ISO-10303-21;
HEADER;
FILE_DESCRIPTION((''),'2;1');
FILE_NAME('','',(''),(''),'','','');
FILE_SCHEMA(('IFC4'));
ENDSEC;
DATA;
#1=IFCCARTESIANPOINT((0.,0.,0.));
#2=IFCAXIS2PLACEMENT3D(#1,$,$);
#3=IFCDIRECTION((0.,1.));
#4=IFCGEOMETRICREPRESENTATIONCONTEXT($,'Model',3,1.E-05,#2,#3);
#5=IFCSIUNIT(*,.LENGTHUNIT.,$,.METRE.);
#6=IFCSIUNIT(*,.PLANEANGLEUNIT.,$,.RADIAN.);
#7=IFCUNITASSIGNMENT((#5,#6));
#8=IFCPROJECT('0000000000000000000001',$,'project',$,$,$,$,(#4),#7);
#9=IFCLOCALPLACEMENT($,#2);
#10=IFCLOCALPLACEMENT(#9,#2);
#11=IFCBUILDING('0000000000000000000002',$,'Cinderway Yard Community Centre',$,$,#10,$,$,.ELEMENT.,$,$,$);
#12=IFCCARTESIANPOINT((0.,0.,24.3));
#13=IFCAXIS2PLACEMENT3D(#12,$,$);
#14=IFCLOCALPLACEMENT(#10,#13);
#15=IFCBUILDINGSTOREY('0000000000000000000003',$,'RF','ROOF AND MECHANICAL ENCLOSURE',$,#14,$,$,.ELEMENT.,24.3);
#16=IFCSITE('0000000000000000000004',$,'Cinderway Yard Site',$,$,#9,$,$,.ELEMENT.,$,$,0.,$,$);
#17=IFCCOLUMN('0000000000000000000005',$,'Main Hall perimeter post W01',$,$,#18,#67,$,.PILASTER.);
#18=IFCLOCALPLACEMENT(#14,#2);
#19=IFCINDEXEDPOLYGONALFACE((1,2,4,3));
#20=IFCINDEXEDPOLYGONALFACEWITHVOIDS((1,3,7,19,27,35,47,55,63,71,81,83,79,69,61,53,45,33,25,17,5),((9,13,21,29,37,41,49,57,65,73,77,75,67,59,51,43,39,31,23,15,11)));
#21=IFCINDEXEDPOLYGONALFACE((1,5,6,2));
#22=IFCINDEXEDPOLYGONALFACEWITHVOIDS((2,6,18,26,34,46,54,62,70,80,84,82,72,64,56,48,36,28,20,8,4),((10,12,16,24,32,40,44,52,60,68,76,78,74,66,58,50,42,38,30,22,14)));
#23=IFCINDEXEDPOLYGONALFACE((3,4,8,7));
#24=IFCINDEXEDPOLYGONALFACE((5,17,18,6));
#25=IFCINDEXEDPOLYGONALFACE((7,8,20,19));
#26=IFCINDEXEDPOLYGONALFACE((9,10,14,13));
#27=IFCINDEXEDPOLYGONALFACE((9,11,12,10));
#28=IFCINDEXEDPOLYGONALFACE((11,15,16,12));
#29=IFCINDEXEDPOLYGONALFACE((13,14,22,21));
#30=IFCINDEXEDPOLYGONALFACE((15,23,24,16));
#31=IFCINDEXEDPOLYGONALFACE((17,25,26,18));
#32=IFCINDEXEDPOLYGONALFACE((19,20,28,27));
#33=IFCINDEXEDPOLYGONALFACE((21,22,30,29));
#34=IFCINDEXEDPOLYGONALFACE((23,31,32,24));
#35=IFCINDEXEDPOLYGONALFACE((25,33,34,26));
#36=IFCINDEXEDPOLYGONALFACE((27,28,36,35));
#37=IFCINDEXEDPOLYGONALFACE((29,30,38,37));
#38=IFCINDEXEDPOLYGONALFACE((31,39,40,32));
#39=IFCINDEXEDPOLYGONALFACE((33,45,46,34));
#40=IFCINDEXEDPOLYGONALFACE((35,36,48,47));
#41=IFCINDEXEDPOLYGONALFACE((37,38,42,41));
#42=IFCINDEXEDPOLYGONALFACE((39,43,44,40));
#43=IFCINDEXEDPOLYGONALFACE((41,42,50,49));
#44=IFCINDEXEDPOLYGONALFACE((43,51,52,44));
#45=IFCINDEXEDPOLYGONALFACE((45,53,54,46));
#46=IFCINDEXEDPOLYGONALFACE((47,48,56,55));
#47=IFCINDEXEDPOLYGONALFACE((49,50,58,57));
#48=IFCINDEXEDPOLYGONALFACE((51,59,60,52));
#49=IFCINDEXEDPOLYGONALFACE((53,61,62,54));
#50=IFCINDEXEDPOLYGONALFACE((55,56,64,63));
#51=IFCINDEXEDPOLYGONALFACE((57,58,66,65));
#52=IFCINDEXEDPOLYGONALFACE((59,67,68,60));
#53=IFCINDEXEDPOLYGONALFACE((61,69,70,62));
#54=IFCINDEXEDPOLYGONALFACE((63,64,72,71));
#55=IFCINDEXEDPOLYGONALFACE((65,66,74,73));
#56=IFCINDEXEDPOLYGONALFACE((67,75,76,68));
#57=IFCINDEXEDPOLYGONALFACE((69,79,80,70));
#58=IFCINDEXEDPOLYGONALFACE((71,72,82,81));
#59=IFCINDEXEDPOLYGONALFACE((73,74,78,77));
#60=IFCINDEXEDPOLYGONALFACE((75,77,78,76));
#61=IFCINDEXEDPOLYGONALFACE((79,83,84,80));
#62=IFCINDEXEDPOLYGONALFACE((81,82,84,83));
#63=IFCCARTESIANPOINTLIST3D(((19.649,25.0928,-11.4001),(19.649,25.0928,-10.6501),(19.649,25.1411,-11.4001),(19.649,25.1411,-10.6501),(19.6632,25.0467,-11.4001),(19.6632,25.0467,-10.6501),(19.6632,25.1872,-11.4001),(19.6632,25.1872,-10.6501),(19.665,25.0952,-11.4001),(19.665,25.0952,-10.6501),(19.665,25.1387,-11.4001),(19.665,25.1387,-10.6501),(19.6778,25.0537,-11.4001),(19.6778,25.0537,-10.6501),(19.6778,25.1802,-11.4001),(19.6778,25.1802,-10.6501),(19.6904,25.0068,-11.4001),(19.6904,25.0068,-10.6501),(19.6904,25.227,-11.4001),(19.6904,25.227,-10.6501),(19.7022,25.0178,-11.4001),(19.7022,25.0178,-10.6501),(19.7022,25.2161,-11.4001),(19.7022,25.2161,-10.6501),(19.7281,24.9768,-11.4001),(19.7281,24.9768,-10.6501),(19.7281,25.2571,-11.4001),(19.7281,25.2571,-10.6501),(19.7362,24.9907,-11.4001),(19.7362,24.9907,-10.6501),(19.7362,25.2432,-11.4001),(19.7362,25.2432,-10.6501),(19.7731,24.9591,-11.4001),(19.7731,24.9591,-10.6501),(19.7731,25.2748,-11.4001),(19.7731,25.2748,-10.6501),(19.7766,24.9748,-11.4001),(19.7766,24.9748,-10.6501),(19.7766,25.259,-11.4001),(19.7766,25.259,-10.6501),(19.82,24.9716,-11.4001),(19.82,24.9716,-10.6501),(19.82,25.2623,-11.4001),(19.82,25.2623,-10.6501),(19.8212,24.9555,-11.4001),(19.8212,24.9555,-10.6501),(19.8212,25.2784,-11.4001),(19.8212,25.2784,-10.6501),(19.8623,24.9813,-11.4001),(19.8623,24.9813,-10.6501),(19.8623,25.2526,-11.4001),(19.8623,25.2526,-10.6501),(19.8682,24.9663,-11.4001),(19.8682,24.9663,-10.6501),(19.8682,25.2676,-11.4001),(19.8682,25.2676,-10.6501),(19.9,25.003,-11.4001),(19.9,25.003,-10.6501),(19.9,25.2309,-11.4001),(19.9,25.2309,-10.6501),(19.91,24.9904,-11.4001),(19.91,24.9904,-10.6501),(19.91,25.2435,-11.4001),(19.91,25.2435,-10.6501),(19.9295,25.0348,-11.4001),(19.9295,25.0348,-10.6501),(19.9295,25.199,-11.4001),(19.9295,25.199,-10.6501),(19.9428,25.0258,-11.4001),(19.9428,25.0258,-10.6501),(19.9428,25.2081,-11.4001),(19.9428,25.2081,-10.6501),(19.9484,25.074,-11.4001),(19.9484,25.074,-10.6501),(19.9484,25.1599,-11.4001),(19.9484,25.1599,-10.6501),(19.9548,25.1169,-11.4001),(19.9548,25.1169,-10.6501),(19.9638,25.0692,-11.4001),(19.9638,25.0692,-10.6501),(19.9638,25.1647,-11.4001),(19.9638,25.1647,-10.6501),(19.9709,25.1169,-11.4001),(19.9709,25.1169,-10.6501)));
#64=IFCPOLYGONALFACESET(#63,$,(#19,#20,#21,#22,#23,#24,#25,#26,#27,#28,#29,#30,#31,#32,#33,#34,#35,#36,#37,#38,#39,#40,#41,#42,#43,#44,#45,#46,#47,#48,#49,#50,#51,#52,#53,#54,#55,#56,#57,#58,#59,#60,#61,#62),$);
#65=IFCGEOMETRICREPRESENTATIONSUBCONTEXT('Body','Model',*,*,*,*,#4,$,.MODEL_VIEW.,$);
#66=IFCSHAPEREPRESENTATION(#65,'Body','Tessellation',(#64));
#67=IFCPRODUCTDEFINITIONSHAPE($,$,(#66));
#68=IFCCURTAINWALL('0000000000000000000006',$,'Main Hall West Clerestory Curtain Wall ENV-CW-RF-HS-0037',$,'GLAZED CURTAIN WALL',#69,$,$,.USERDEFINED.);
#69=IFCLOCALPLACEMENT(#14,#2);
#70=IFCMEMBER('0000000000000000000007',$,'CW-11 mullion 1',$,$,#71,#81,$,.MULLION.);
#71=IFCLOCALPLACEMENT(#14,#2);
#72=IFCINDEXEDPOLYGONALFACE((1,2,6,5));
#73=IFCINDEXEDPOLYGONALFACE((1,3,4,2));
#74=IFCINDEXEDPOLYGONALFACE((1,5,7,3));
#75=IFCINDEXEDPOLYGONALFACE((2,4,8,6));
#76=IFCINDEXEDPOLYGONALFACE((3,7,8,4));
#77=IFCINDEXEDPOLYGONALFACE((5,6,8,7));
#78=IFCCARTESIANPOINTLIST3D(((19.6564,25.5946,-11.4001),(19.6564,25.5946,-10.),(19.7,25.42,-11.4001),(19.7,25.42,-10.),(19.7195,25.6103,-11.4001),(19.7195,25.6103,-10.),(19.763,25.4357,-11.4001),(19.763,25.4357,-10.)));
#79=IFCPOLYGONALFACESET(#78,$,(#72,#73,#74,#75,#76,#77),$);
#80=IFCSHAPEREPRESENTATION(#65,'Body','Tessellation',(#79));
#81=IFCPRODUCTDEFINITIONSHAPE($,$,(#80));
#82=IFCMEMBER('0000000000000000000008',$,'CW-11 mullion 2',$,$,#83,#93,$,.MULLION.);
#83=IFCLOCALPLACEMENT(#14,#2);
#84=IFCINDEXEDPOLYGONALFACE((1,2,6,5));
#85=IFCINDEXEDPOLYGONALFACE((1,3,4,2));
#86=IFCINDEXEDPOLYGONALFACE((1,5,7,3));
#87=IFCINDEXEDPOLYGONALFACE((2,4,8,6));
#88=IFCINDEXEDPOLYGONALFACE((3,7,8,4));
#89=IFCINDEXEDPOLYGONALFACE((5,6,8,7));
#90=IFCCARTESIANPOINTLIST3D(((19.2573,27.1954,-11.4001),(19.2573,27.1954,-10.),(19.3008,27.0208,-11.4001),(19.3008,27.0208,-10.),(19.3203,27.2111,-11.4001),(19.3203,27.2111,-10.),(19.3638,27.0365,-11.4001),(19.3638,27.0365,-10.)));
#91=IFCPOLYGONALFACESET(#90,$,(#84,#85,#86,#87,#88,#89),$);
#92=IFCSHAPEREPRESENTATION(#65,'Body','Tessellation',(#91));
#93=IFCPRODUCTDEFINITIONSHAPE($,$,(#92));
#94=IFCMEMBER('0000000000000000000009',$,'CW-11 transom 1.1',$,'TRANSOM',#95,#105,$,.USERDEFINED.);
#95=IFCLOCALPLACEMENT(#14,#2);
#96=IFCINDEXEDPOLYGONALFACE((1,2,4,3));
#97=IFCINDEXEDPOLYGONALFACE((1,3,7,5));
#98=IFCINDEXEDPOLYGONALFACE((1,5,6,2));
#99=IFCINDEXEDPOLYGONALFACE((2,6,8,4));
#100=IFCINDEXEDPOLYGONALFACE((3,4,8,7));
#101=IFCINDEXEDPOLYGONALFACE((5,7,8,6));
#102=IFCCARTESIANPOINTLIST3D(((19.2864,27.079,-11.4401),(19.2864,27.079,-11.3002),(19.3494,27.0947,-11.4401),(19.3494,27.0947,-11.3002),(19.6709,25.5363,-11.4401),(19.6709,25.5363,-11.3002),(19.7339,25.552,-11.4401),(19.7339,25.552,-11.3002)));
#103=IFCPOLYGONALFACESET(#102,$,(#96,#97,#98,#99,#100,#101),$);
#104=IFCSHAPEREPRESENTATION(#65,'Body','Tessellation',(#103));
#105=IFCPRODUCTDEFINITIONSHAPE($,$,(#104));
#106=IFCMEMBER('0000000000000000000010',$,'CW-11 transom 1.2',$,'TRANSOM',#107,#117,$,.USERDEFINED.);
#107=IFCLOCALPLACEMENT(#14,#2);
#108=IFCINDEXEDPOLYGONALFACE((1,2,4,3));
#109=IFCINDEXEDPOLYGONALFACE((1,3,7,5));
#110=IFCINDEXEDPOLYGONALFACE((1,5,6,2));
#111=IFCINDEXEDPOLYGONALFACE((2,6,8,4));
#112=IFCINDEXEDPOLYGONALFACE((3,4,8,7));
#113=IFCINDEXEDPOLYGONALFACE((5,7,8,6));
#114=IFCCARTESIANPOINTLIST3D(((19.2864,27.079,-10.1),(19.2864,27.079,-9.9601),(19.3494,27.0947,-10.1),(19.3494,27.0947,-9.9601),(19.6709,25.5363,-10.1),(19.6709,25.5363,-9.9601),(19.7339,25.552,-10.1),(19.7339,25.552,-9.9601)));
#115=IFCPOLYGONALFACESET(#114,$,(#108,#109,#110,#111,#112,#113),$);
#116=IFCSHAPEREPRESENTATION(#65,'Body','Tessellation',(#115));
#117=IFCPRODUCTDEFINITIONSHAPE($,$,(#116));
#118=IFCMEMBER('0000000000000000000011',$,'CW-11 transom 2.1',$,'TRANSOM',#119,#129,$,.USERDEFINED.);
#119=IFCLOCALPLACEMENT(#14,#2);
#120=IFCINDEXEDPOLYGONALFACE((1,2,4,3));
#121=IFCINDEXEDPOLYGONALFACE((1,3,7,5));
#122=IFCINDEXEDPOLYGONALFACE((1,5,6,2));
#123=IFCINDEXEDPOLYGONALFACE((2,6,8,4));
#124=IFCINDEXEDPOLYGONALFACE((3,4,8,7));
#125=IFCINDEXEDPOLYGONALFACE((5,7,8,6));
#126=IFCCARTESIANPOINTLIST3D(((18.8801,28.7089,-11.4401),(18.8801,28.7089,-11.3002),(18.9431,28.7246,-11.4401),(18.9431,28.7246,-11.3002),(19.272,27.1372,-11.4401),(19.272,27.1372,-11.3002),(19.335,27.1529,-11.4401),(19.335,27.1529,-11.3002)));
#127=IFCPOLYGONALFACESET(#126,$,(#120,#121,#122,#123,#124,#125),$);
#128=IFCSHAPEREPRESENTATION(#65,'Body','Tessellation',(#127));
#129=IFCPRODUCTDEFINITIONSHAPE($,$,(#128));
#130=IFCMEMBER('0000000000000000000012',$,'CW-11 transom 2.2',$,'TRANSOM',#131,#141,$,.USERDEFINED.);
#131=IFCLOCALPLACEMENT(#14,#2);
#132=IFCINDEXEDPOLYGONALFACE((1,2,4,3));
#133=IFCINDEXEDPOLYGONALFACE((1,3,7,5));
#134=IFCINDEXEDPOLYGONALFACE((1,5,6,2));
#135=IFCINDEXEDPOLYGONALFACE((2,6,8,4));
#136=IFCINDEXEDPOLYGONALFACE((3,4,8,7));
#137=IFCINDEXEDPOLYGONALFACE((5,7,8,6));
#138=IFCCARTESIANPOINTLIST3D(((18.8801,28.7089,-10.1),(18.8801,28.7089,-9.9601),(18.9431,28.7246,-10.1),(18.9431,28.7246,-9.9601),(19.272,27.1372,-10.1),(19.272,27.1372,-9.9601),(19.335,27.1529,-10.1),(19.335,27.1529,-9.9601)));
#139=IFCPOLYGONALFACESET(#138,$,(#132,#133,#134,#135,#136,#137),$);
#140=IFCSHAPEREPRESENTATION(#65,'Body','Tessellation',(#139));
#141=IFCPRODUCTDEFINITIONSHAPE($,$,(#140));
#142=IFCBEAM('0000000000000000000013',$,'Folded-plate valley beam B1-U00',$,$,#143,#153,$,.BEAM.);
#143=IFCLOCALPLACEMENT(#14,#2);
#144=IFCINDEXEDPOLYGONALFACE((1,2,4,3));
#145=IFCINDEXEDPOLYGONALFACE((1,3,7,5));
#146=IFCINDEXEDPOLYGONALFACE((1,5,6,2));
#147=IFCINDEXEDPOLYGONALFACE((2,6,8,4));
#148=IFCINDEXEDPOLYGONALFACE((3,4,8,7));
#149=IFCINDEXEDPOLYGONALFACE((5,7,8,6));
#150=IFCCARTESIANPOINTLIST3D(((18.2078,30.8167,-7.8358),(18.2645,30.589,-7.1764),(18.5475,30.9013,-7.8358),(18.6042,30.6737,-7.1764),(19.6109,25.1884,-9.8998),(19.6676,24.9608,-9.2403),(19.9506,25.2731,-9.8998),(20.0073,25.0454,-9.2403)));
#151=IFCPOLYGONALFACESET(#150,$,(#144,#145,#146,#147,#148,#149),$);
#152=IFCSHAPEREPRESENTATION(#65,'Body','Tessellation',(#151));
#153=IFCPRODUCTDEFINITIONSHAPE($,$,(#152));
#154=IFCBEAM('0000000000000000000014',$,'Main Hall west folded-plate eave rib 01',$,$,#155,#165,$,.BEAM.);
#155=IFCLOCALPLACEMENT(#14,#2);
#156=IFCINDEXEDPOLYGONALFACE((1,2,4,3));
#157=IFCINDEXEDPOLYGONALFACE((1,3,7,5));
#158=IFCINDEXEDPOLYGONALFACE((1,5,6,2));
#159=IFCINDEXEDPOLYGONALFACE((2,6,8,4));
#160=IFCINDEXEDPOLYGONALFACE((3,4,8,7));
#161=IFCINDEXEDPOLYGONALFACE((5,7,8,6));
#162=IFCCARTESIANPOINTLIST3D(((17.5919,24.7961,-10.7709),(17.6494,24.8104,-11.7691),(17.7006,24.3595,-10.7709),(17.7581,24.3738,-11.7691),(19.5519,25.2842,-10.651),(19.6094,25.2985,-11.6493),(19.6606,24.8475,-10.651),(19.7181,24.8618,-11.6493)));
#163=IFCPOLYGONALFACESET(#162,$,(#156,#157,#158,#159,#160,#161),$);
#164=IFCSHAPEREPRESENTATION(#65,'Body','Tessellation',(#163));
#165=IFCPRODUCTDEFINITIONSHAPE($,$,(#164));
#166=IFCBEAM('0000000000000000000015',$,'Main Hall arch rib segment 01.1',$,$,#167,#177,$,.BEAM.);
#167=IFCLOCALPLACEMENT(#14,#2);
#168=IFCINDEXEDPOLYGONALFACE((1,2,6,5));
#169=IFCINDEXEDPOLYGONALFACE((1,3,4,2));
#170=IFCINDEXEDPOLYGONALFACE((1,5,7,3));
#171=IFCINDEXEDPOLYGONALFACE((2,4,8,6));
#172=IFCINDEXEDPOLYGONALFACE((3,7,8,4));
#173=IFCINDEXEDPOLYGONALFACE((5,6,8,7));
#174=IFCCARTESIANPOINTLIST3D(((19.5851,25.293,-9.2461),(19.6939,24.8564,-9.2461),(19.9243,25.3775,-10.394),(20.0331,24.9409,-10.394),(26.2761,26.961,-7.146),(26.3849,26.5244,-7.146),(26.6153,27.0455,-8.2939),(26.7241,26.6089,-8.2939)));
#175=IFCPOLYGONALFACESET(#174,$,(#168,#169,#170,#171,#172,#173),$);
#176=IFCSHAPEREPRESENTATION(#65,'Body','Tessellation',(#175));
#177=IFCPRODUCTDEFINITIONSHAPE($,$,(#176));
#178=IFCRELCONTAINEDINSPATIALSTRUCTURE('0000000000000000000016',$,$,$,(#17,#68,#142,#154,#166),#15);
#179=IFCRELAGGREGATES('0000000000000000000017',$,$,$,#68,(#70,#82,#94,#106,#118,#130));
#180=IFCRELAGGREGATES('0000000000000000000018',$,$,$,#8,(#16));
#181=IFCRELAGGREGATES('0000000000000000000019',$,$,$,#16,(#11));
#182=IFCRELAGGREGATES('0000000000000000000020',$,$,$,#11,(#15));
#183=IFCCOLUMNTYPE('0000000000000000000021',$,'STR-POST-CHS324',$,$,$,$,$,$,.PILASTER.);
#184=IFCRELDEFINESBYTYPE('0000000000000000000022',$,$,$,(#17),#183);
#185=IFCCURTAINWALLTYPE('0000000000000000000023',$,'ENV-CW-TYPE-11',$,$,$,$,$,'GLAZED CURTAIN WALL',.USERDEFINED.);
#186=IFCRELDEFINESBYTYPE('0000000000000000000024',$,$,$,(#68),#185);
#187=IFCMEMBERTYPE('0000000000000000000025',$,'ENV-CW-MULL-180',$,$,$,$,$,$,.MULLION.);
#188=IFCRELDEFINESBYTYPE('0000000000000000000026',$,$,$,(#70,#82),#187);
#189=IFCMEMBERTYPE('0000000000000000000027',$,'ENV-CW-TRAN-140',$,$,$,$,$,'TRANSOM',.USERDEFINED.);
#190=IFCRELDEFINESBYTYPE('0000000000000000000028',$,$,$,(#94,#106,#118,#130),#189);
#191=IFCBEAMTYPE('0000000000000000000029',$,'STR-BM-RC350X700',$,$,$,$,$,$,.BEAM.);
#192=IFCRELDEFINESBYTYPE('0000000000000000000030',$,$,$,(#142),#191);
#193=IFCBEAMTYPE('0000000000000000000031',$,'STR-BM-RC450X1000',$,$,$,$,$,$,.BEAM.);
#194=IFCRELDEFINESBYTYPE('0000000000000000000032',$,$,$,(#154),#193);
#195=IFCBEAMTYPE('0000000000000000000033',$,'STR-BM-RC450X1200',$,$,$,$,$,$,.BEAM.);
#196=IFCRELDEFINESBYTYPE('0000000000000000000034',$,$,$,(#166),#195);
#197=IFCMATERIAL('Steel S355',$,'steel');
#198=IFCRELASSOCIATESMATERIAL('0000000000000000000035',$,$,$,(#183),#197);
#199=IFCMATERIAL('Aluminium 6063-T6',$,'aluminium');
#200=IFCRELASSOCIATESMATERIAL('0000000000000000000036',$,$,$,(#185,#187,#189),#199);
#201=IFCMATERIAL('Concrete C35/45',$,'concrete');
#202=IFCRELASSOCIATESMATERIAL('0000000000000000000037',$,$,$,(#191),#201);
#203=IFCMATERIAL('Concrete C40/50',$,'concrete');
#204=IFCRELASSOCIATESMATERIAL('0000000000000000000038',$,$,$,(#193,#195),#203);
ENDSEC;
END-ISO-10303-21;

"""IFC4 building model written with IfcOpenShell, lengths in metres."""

from ifc_helpers import new_model, si_unit, direction, frame, origin, origin_2d, place, context, subcontext, project, spatial, rectangle, hollow_circle, extrude, material, material_profile, profile_set, type_object, element, aggregate, save


model = new_model("IFC4")

# Units and contexts
model_context = context("Model", 3, precision=1e-05, world=origin(), true_north=direction((0.0, 1.0)))
body_context = subcontext(model_context, "Body", "Model", "MODEL_VIEW")
ifc_project = project(units=[si_unit("LENGTHUNIT", "METRE"), si_unit("PLANEANGLEUNIT", "RADIAN")], contexts=[model_context])

# Site, building, storey
site_placement = place(None, origin())
site = spatial("IfcSite", under=ifc_project, at=site_placement, Name="Cinderway Yard Site", CompositionType="ELEMENT", RefElevation=0.0)
building_placement = place(site_placement, origin())
building = spatial("IfcBuilding", under=site, at=building_placement, Name="Cinderway Yard Community Centre", CompositionType="ELEMENT")
storey_placement = place(building_placement, frame((0.0, 0.0, 24.3)))
storey = spatial("IfcBuildingStorey", under=building, at=storey_placement, Name="RF", Description="ROOF AND MECHANICAL ENCLOSURE", CompositionType="ELEMENT", Elevation=24.3)

# Column
ifc_material_1 = material(Name="Steel S355", Category="steel")
ifc_material_profile_1 = material_profile(ifc_material_1, hollow_circle(Radius=0.1619, WallThickness=0.0161, at=origin_2d()), Name="Steel S355")
ifc_profile_set_1 = profile_set([ifc_material_profile_1], Name="Steel S355")
column_type = type_object("IfcColumnType", Name="STR-POST-CHS324", PredefinedType="PILASTER", material=ifc_profile_set_1)
column_placement = place(storey_placement, frame((19.8091, 25.1169, -11.4001), z_axis=(0.0, 0.0, 1.0), x_axis=(1.0, 0.0, 0.0)))
element("IfcColumn", 1, at=column_placement, inside=storey, type_object=column_type, Name="Main Hall perimeter post W01", PredefinedType="PILASTER", context=body_context, shape_type="SweptSolid", body=[
    extrude(hollow_circle(Radius=0.1619, WallThickness=0.0161, at=origin_2d()), origin(), (0.0, 0.0, 1.0), 0.75),
])

# Curtain wall, members
ifc_material_2 = material(Name="Aluminium 6063-T6", Category="aluminium")
curtain_wall_type = type_object("IfcCurtainWallType", Name="ENV-CW-TYPE-11", ElementType="GLAZED CURTAIN WALL", PredefinedType="USERDEFINED", material=ifc_material_2)
curtain_wall_placement = place(storey_placement, origin())
curtain_wall = element("IfcCurtainWall", 2, at=curtain_wall_placement, inside=storey, type_object=curtain_wall_type, Name="Main Hall West Clerestory Curtain Wall ENV-CW-RF-HS-0037", ObjectType="GLAZED CURTAIN WALL", PredefinedType="USERDEFINED")
ifc_material_profile_2 = material_profile(ifc_material_2, rectangle(XDim=0.0649, YDim=0.1799, at=origin_2d()), Name="Aluminium 6063-T6")
ifc_profile_set_2 = profile_set([ifc_material_profile_2], Name="Aluminium 6063-T6")
member_type_1 = type_object("IfcMemberType", Name="ENV-CW-MULL-180", PredefinedType="MULLION", material=ifc_profile_set_2)
member_1_placement = place(storey_placement, frame((19.7097, 25.5151, -11.4001), z_axis=(0.0, 0.0, 1.0), x_axis=(-0.970306, -0.241882, 0.0)))
member_1 = element("IfcMember", 3, at=member_1_placement, type_object=member_type_1, Name="CW-11 mullion 1", PredefinedType="MULLION", context=body_context, shape_type="SweptSolid", body=[
    extrude(rectangle(XDim=0.0649, YDim=0.1799, at=origin_2d()), origin(), (0.0, 0.0, 1.0), 1.4001),
])
member_2_placement = place(storey_placement, frame((19.3105, 27.116, -11.4001), z_axis=(0.0, 0.0, 1.0), x_axis=(-0.970306, -0.241882, 0.0)))
member_2 = element("IfcMember", 4, at=member_2_placement, type_object=member_type_1, Name="CW-11 mullion 2", PredefinedType="MULLION", context=body_context, shape_type="SweptSolid", body=[
    extrude(rectangle(XDim=0.0649, YDim=0.1799, at=origin_2d()), origin(), (0.0, 0.0, 1.0), 1.4001),
])
ifc_material_profile_3 = material_profile(ifc_material_2, rectangle(XDim=0.0649, YDim=0.1399, at=origin_2d()), Name="Aluminium 6063-T6")
ifc_profile_set_3 = profile_set([ifc_material_profile_3], Name="Aluminium 6063-T6")
member_type_2 = type_object("IfcMemberType", Name="ENV-CW-TRAN-140", ElementType="TRANSOM", PredefinedType="USERDEFINED", material=ifc_profile_set_3)
member_3_placement = place(storey_placement, frame((19.7024, 25.5442, -11.3701), z_axis=(-0.241849, 0.970314, 0.0), x_axis=(-0.970314, -0.241849, 0.0)))
member_3 = element("IfcMember", 5, at=member_3_placement, type_object=member_type_2, Name="CW-11 transom 1.1", ObjectType="TRANSOM", PredefinedType="USERDEFINED", context=body_context, shape_type="SweptSolid", body=[
    extrude(rectangle(XDim=0.0649, YDim=0.1399, at=origin_2d()), origin(), (0.0, 0.0, 1.0), 1.5898),
])
member_4_placement = place(storey_placement, frame((19.7024, 25.5442, -10.03), z_axis=(-0.241849, 0.970314, 0.0), x_axis=(-0.970314, -0.241849, 0.0)))
member_4 = element("IfcMember", 6, at=member_4_placement, type_object=member_type_2, Name="CW-11 transom 1.2", ObjectType="TRANSOM", PredefinedType="USERDEFINED", context=body_context, shape_type="SweptSolid", body=[
    extrude(rectangle(XDim=0.0649, YDim=0.1399, at=origin_2d()), origin(), (0.0, 0.0, 1.0), 1.5898),
])
member_5_placement = place(storey_placement, frame((19.3035, 27.145, -11.3701), z_axis=(-0.241897, 0.970302, 0.0), x_axis=(-0.970302, -0.241897, 0.0)))
member_5 = element("IfcMember", 7, at=member_5_placement, type_object=member_type_2, Name="CW-11 transom 2.1", ObjectType="TRANSOM", PredefinedType="USERDEFINED", context=body_context, shape_type="SweptSolid", body=[
    extrude(rectangle(XDim=0.0649, YDim=0.1399, at=origin_2d()), origin(), (0.0, 0.0, 1.0), 1.6199),
])
member_6_placement = place(storey_placement, frame((19.3035, 27.145, -10.03), z_axis=(-0.241897, 0.970302, 0.0), x_axis=(-0.970302, -0.241897, 0.0)))
member_6 = element("IfcMember", 8, at=member_6_placement, type_object=member_type_2, Name="CW-11 transom 2.2", ObjectType="TRANSOM", PredefinedType="USERDEFINED", context=body_context, shape_type="SweptSolid", body=[
    extrude(rectangle(XDim=0.0649, YDim=0.1399, at=origin_2d()), origin(), (0.0, 0.0, 1.0), 1.6199),
])

# Beams
ifc_material_3 = material(Name="Concrete C35/45", Category="concrete")
ifc_material_profile_4 = material_profile(ifc_material_3, rectangle(XDim=0.3501, YDim=0.7, at=origin_2d()), Name="Concrete C35/45")
ifc_profile_set_4 = profile_set([ifc_material_profile_4], Name="Concrete C35/45")
beam_type_1 = type_object("IfcBeamType", Name="STR-BM-RC350X700", PredefinedType="BEAM", material=ifc_profile_set_4)
beam_1_placement = place(storey_placement, frame((19.8091, 25.1169, -9.5701), z_axis=(-0.227894, 0.914155, 0.335239), x_axis=(-0.970303, -0.241892, 0.0)))
element("IfcBeam", 9, at=beam_1_placement, inside=storey, type_object=beam_type_1, Name="Folded-plate valley beam B1-U00", PredefinedType="BEAM", context=body_context, shape_type="SweptSolid", body=[
    extrude(rectangle(XDim=0.3501, YDim=0.7, at=origin_2d()), origin(), (0.0, 0.0, 1.0), 6.1567),
])
ifc_material_4 = material(Name="Concrete C40/50", Category="concrete")
ifc_material_profile_5 = material_profile(ifc_material_4, rectangle(XDim=0.45, YDim=1.0, at=origin_2d()), Name="Concrete C40/50")
ifc_profile_set_5 = profile_set([ifc_material_profile_5], Name="Concrete C40/50")
beam_type_2 = type_object("IfcBeamType", Name="STR-BM-RC450X1000", PredefinedType="BEAM", material=ifc_profile_set_5)
beam_2_placement = place(storey_placement, frame((19.635, 25.073, -11.1501), z_axis=(-0.968665, -0.241201, -0.059244), x_axis=(0.241625, -0.97037, 0.0)))
element("IfcBeam", 10, at=beam_2_placement, inside=storey, type_object=beam_type_2, Name="Main Hall west folded-plate eave rib 01", PredefinedType="BEAM", context=body_context, shape_type="SweptSolid", body=[
    extrude(rectangle(XDim=0.45, YDim=1.0, at=origin_2d()), origin(), (0.0, 0.0, 1.0), 2.0234),
])
ifc_material_profile_6 = material_profile(ifc_material_4, rectangle(XDim=0.45, YDim=1.2, at=origin_2d()), Name="Concrete C40/50")
ifc_profile_set_6 = profile_set([ifc_material_profile_6], Name="Concrete C40/50")
beam_type_3 = type_object("IfcBeamType", Name="STR-BM-RC450X1200", PredefinedType="BEAM", material=ifc_profile_set_6)
beam_3_placement = place(storey_placement, frame((19.8091, 25.1169, -9.8201), z_axis=(0.928212, 0.231393, 0.291341), x_axis=(-0.241886, 0.970305, 0.0)))
element("IfcBeam", 11, at=beam_3_placement, inside=storey, type_object=beam_type_3, Name="Main Hall arch rib segment 01.1", PredefinedType="BEAM", context=body_context, shape_type="SweptSolid", body=[
    extrude(rectangle(XDim=0.45, YDim=1.2, at=origin_2d()), origin(), (0.0, 0.0, 1.0), 7.2085),
])

aggregate(curtain_wall, [member_1, member_2, member_3, member_4, member_5, member_6])

save(model, "model.ifc")
